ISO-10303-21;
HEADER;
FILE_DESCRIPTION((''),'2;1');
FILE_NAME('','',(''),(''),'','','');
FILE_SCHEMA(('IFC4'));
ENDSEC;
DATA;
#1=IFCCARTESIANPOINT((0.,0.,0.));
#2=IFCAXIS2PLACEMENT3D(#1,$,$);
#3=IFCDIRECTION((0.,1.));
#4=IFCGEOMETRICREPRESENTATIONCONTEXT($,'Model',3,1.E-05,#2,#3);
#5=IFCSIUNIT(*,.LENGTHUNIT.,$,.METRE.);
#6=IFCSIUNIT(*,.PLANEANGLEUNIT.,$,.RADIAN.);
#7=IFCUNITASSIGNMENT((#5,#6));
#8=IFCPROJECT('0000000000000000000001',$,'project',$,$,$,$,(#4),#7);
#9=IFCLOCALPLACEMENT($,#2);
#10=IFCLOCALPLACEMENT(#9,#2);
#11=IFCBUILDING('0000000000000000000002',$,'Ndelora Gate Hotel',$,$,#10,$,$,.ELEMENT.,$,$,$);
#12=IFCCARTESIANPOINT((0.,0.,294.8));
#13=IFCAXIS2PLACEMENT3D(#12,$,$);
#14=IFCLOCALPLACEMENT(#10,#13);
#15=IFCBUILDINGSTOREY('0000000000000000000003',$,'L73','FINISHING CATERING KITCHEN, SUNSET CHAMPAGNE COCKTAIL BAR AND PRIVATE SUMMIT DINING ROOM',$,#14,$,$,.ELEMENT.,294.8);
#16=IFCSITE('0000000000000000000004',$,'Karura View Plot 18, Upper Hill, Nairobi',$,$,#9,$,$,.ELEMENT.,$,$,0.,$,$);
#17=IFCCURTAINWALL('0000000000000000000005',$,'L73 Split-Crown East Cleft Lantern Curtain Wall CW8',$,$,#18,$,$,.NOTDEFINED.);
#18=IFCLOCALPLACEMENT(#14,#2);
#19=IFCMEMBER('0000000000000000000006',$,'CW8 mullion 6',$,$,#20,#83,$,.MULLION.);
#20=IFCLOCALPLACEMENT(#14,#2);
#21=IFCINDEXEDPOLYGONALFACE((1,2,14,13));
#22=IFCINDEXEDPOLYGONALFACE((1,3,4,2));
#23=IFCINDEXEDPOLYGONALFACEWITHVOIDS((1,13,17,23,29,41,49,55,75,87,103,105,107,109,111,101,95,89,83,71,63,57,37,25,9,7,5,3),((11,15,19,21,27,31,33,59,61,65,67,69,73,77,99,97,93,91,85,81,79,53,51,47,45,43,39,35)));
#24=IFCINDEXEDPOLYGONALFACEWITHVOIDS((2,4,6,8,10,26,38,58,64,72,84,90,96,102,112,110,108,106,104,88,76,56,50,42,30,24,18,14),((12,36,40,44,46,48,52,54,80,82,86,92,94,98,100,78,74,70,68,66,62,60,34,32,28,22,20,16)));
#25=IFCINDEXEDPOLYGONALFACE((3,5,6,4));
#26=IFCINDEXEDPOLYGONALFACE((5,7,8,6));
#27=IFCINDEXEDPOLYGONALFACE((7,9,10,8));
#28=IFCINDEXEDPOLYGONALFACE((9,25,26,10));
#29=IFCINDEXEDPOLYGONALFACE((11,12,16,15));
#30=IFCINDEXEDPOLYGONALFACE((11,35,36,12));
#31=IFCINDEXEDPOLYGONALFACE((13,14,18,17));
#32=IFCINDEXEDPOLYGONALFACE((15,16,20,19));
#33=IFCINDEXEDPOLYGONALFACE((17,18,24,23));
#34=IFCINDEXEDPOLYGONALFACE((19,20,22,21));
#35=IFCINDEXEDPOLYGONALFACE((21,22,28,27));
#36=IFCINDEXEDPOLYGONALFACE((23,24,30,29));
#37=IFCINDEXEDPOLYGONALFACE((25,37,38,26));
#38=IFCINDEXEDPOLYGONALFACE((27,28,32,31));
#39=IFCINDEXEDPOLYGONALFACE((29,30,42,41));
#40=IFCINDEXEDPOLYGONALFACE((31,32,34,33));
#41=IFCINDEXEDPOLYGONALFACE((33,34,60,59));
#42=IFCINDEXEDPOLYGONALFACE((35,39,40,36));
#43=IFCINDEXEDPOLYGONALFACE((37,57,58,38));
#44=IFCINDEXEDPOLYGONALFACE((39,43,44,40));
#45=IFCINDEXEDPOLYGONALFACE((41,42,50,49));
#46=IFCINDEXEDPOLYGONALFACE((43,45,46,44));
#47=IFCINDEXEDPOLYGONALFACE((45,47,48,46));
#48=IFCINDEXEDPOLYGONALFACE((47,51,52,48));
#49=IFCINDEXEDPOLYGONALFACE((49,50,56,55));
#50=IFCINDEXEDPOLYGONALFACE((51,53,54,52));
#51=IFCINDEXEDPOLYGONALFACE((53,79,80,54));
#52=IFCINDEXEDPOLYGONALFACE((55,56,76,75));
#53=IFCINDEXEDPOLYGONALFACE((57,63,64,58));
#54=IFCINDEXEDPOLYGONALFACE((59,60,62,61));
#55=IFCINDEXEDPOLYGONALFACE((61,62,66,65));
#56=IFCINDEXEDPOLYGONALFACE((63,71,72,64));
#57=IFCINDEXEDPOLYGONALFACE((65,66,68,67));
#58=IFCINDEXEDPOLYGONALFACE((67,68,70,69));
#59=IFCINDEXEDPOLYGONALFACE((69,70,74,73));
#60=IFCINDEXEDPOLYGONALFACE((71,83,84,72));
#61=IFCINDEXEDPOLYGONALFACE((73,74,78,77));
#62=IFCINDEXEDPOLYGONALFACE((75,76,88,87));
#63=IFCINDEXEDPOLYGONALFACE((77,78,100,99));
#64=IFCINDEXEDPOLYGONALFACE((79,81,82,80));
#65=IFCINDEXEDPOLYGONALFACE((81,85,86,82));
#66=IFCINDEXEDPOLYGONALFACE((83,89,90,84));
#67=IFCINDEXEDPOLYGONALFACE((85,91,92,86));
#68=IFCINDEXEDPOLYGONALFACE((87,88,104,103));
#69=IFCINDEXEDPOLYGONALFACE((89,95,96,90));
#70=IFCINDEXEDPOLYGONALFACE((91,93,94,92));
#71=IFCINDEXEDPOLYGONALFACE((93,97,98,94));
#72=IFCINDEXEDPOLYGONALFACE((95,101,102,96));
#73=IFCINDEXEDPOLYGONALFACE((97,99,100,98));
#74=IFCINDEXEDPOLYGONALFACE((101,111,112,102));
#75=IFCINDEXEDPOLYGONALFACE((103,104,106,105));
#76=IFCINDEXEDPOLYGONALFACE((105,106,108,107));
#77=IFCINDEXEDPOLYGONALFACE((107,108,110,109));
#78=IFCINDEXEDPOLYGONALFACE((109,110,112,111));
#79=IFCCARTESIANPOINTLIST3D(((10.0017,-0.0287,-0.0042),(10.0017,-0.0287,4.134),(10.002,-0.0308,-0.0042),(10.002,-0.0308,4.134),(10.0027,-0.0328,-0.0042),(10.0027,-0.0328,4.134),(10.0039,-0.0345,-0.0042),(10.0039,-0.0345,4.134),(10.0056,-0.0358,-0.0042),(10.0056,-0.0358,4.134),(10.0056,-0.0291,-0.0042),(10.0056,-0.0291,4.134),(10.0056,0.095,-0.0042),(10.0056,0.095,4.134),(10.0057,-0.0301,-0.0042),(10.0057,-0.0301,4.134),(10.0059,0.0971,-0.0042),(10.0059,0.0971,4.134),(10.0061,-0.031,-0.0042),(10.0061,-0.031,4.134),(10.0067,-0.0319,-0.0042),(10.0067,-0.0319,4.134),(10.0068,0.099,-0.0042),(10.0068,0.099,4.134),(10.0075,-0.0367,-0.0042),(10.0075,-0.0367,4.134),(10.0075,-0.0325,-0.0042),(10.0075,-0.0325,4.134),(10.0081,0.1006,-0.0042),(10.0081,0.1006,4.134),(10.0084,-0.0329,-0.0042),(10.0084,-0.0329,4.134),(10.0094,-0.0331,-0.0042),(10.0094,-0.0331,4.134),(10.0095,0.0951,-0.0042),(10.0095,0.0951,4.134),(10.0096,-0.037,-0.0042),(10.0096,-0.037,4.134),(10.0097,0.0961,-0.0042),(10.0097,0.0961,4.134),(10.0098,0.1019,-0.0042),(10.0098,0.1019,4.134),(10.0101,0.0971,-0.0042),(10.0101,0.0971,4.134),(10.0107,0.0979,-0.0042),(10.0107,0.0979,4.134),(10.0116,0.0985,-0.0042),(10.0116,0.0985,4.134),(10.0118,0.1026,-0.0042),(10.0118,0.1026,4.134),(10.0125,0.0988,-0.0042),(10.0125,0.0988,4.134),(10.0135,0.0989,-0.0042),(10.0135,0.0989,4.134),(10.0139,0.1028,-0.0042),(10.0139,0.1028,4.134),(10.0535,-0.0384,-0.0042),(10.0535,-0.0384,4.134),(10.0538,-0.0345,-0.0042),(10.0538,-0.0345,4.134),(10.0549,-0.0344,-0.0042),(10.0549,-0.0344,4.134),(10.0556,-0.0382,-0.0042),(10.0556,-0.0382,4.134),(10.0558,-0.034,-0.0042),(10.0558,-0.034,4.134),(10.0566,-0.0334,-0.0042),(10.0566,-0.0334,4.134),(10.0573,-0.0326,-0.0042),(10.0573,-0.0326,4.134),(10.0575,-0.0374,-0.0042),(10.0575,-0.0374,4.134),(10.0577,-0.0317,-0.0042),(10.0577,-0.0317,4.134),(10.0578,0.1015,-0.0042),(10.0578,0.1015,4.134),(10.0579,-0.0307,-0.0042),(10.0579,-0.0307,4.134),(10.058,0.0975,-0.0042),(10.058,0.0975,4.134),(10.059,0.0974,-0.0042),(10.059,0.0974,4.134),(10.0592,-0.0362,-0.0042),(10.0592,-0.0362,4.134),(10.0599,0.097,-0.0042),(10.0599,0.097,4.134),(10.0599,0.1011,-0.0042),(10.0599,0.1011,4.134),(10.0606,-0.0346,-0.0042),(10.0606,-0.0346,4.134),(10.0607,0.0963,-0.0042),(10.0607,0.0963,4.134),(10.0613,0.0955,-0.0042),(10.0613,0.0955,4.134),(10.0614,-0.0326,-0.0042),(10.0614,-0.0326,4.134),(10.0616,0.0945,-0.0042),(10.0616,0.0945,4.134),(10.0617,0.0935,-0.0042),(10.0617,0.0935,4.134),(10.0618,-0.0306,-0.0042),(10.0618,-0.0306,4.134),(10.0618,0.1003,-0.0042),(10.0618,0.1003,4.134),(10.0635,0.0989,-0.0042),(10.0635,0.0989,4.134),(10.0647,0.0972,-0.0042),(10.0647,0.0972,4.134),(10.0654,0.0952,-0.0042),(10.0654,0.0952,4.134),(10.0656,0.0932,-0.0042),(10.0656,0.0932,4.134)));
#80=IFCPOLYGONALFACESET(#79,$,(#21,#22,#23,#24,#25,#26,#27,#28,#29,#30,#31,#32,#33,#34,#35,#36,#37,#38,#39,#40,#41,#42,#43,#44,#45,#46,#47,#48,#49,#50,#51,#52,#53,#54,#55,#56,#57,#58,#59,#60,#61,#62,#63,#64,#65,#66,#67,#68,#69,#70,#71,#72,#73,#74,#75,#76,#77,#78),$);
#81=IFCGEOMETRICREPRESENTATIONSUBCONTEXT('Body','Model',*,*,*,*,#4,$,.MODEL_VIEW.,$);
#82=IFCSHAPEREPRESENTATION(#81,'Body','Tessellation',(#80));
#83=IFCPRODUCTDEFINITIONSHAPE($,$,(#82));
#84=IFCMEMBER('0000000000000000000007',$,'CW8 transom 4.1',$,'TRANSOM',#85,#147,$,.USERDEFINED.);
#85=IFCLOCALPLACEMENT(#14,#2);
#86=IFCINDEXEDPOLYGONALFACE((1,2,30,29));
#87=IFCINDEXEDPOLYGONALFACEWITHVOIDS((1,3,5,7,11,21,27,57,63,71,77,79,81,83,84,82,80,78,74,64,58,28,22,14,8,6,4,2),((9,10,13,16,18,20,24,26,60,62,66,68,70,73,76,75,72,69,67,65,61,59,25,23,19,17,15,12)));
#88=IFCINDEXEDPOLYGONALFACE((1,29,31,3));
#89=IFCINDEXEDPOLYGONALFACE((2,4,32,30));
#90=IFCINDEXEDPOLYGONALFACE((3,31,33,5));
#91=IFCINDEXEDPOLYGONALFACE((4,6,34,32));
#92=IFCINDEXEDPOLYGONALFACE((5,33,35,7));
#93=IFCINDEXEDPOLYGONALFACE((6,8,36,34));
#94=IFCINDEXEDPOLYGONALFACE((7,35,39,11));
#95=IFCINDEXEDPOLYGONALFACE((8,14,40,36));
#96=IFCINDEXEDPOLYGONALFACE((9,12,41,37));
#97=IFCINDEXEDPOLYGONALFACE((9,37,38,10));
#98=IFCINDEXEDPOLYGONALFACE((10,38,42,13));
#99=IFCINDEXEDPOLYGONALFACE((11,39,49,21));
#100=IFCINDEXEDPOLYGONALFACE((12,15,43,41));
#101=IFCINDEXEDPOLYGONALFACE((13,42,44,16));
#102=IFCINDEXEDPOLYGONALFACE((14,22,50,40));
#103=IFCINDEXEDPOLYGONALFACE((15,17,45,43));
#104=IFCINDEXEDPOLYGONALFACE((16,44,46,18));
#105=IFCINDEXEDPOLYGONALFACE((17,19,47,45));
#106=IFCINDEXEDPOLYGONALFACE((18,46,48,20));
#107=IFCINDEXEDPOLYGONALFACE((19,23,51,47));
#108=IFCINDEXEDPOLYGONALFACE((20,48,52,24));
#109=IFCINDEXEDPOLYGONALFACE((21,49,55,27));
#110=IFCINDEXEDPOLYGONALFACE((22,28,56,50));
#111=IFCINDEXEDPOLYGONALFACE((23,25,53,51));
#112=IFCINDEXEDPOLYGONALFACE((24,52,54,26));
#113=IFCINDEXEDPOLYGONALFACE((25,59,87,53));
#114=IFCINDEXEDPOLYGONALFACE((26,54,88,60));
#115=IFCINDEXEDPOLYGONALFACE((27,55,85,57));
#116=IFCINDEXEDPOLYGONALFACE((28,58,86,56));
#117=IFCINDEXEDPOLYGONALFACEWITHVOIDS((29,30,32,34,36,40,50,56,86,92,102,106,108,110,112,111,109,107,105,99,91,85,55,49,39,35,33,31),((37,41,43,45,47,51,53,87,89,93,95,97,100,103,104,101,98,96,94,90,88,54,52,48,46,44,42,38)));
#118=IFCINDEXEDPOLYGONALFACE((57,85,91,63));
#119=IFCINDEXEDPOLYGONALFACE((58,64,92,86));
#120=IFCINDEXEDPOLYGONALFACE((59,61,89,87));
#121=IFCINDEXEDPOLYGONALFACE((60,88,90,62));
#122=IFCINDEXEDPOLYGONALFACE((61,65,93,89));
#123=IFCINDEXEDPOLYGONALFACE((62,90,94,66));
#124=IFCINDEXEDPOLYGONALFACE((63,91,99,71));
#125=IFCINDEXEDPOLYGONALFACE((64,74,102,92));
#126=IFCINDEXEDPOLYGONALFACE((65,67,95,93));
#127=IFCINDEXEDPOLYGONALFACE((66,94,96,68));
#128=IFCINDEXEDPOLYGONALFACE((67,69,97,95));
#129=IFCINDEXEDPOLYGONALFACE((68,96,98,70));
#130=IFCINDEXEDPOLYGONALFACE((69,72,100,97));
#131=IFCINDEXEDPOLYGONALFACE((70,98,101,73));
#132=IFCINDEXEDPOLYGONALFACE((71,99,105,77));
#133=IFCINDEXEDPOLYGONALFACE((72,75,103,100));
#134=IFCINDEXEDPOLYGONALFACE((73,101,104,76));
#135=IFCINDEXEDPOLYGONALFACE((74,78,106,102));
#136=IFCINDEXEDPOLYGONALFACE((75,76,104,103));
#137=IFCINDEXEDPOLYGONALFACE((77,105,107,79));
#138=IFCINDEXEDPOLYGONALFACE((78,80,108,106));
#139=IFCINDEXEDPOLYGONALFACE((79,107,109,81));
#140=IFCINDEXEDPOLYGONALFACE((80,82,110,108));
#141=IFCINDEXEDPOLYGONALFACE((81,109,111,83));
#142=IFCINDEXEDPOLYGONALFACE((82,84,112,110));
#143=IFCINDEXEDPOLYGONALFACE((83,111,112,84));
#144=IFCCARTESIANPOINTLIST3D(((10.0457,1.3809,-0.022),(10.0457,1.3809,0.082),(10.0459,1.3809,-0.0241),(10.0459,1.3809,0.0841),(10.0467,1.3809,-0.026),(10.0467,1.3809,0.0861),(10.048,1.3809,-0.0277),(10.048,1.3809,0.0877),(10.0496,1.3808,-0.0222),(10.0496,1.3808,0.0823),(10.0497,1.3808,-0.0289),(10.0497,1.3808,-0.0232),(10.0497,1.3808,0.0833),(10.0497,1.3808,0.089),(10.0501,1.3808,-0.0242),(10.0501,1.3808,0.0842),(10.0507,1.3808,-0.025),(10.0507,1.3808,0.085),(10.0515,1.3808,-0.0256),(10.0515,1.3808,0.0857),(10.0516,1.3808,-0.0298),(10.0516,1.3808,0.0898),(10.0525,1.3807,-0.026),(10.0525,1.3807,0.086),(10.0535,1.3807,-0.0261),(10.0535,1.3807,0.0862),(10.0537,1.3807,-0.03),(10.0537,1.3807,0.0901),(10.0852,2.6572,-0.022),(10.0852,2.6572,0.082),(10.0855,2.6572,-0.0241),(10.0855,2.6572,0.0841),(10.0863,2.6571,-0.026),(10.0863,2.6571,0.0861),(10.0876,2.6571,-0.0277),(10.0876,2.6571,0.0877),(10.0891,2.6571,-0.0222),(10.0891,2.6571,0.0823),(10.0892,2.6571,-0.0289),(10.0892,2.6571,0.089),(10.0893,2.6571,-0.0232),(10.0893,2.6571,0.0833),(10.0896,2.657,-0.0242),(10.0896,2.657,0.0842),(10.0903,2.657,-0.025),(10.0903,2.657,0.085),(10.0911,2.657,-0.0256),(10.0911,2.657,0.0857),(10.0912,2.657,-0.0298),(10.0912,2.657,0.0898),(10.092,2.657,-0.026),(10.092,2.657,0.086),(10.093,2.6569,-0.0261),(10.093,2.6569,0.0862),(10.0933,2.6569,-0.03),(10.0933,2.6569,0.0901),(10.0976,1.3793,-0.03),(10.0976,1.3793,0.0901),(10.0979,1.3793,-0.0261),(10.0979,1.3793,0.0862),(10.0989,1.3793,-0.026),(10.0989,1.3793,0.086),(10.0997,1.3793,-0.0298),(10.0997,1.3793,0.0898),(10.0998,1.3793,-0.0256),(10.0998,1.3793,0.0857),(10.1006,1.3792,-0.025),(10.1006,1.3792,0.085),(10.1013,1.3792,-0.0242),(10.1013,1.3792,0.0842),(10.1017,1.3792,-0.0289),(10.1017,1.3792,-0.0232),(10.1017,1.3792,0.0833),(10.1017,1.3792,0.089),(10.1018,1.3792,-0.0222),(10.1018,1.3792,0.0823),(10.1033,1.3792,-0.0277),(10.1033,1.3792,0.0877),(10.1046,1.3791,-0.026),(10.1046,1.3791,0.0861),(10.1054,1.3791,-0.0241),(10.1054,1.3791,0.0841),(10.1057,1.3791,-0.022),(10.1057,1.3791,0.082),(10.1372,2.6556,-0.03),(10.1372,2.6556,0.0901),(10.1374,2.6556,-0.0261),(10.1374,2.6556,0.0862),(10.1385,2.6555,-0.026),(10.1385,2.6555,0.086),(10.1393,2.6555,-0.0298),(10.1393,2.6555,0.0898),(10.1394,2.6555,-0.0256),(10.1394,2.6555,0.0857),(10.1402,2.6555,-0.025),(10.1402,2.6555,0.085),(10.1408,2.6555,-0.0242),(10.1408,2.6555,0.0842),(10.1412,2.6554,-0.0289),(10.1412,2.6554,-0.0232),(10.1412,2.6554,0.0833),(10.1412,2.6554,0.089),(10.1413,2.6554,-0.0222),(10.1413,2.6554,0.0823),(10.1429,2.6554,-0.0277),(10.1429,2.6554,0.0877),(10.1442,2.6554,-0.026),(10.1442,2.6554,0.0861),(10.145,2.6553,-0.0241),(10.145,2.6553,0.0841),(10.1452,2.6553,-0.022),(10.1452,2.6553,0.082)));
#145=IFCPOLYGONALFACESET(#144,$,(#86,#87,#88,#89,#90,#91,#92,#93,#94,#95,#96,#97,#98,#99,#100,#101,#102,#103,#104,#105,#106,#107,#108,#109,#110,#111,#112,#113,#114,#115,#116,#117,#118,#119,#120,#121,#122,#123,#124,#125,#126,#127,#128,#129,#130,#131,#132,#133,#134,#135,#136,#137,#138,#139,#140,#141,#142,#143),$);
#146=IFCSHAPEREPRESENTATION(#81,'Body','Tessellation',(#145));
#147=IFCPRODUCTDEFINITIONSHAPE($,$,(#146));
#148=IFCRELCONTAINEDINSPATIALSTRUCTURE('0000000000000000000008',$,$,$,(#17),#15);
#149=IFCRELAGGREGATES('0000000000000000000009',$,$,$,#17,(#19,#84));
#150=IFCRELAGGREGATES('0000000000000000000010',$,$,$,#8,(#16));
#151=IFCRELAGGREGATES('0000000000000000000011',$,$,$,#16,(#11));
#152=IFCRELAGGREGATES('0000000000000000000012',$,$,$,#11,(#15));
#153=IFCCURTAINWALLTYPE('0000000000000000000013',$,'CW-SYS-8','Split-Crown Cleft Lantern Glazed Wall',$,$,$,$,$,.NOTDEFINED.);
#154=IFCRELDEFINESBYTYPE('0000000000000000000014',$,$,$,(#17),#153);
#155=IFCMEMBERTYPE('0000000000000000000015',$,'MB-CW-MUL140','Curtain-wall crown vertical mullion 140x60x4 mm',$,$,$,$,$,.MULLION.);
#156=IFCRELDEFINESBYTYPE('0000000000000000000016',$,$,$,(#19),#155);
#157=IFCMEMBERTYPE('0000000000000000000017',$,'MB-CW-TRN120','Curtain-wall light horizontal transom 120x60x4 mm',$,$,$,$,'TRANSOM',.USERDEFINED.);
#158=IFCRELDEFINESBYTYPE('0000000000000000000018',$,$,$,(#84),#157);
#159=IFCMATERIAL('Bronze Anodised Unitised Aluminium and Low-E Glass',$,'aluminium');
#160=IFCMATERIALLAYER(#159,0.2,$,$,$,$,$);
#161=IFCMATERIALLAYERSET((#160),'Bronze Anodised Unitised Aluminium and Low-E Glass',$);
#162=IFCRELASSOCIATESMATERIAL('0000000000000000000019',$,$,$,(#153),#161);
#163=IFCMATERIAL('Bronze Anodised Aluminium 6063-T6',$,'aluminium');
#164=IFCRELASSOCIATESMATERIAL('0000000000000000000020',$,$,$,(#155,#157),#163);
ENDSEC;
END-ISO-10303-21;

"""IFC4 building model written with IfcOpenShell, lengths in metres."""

from ifc_helpers import new_model, si_unit, direction, frame, origin, origin_2d, place, context, subcontext, project, spatial, hollow_rectangle, extrude, material, layer, layer_set, material_profile, profile_set, type_object, element, aggregate, save


model = new_model("IFC4")

# Units and contexts
model_context = context("Model", 3, precision=1e-05, world=origin(), true_north=direction((0.0, 1.0)))
body_context = subcontext(model_context, "Body", "Model", "MODEL_VIEW")
ifc_project = project(units=[si_unit("LENGTHUNIT", "METRE"), si_unit("PLANEANGLEUNIT", "RADIAN")], contexts=[model_context])

# Site, building, storey
site_placement = place(None, origin())
site = spatial("IfcSite", under=ifc_project, at=site_placement, Name="Karura View Plot 18, Upper Hill, Nairobi", CompositionType="ELEMENT", RefElevation=0.0)
building_placement = place(site_placement, origin())
building = spatial("IfcBuilding", under=site, at=building_placement, Name="Ndelora Gate Hotel", CompositionType="ELEMENT")
storey_placement = place(building_placement, frame((0.0, 0.0, 294.8)))
storey = spatial("IfcBuildingStorey", under=building, at=storey_placement, Name="L73", Description="FINISHING CATERING KITCHEN, SUNSET CHAMPAGNE COCKTAIL BAR AND PRIVATE SUMMIT DINING ROOM", CompositionType="ELEMENT", Elevation=294.8)

# Curtain wall, members
ifc_material_1 = material(Name="Bronze Anodised Unitised Aluminium and Low-E Glass", Category="aluminium")
ifc_layer_1 = layer(ifc_material_1, 0.2)
ifc_layer_set_1 = layer_set([ifc_layer_1], Name="Bronze Anodised Unitised Aluminium and Low-E Glass")
curtain_wall_type = type_object("IfcCurtainWallType", Name="CW-SYS-8", Description="Split-Crown Cleft Lantern Glazed Wall", PredefinedType="NOTDEFINED", material=ifc_layer_set_1)
curtain_wall_placement = place(storey_placement, origin())
curtain_wall = element("IfcCurtainWall", 1, at=curtain_wall_placement, inside=storey, type_object=curtain_wall_type, Name="L73 Split-Crown East Cleft Lantern Curtain Wall CW8", PredefinedType="NOTDEFINED")
ifc_material_2 = material(Name="Bronze Anodised Aluminium 6063-T6", Category="aluminium")
ifc_material_profile_1 = material_profile(ifc_material_2, hollow_rectangle(XDim=0.0601, YDim=0.1399, WallThickness=0.0039, InnerFilletRadius=0.0039, OuterFilletRadius=0.0081, at=origin_2d()), Name="ALU 140x60x4")
ifc_profile_set_1 = profile_set([ifc_material_profile_1], Name="Bronze Anodised Aluminium 6063-T6")
member_type_1 = type_object("IfcMemberType", Name="MB-CW-MUL140", Description="Curtain-wall crown vertical mullion 140x60x4 mm", PredefinedType="MULLION", material=ifc_profile_set_1)
member_1_placement = place(storey_placement, frame((10.0337, 0.0322, -0.0042), z_axis=(0.0, 0.0, 1.0), x_axis=(0.999515, -0.031131, 0.0)))
member_1 = element("IfcMember", 2, at=member_1_placement, type_object=member_type_1, Name="CW8 mullion 6", PredefinedType="MULLION", context=body_context, shape_type="SweptSolid", body=[
    extrude(hollow_rectangle(XDim=0.0601, YDim=0.1399, WallThickness=0.0039, InnerFilletRadius=0.0039, OuterFilletRadius=0.0081, at=origin_2d()), origin(), (0.0, 0.0, 1.0), 4.1382),
])
ifc_material_profile_2 = material_profile(ifc_material_2, hollow_rectangle(XDim=0.0601, YDim=0.1201, WallThickness=0.0039, InnerFilletRadius=0.0039, OuterFilletRadius=0.0081, at=origin_2d()), Name="ALU 120x60x4")
ifc_profile_set_2 = profile_set([ifc_material_profile_2], Name="Bronze Anodised Aluminium 6063-T6")
member_type_2 = type_object("IfcMemberType", Name="MB-CW-TRN120", Description="Curtain-wall light horizontal transom 120x60x4 mm", ElementType="TRANSOM", PredefinedType="USERDEFINED", material=ifc_profile_set_2)
member_2_placement = place(storey_placement, frame((10.1152, 2.6562, 0.03), z_axis=(-0.030978, -0.99952, 0.0), x_axis=(0.99952, -0.030978, 0.0)))
member_2 = element("IfcMember", 3, at=member_2_placement, type_object=member_type_2, Name="CW8 transom 4.1", ObjectType="TRANSOM", PredefinedType="USERDEFINED", context=body_context, shape_type="SweptSolid", body=[
    extrude(hollow_rectangle(XDim=0.0601, YDim=0.1201, WallThickness=0.0039, InnerFilletRadius=0.0039, OuterFilletRadius=0.0081, at=origin_2d()), origin(), (0.0, 0.0, 1.0), 1.2769),
])
aggregate(curtain_wall, [member_1, member_2])

save(model, "model.ifc")
